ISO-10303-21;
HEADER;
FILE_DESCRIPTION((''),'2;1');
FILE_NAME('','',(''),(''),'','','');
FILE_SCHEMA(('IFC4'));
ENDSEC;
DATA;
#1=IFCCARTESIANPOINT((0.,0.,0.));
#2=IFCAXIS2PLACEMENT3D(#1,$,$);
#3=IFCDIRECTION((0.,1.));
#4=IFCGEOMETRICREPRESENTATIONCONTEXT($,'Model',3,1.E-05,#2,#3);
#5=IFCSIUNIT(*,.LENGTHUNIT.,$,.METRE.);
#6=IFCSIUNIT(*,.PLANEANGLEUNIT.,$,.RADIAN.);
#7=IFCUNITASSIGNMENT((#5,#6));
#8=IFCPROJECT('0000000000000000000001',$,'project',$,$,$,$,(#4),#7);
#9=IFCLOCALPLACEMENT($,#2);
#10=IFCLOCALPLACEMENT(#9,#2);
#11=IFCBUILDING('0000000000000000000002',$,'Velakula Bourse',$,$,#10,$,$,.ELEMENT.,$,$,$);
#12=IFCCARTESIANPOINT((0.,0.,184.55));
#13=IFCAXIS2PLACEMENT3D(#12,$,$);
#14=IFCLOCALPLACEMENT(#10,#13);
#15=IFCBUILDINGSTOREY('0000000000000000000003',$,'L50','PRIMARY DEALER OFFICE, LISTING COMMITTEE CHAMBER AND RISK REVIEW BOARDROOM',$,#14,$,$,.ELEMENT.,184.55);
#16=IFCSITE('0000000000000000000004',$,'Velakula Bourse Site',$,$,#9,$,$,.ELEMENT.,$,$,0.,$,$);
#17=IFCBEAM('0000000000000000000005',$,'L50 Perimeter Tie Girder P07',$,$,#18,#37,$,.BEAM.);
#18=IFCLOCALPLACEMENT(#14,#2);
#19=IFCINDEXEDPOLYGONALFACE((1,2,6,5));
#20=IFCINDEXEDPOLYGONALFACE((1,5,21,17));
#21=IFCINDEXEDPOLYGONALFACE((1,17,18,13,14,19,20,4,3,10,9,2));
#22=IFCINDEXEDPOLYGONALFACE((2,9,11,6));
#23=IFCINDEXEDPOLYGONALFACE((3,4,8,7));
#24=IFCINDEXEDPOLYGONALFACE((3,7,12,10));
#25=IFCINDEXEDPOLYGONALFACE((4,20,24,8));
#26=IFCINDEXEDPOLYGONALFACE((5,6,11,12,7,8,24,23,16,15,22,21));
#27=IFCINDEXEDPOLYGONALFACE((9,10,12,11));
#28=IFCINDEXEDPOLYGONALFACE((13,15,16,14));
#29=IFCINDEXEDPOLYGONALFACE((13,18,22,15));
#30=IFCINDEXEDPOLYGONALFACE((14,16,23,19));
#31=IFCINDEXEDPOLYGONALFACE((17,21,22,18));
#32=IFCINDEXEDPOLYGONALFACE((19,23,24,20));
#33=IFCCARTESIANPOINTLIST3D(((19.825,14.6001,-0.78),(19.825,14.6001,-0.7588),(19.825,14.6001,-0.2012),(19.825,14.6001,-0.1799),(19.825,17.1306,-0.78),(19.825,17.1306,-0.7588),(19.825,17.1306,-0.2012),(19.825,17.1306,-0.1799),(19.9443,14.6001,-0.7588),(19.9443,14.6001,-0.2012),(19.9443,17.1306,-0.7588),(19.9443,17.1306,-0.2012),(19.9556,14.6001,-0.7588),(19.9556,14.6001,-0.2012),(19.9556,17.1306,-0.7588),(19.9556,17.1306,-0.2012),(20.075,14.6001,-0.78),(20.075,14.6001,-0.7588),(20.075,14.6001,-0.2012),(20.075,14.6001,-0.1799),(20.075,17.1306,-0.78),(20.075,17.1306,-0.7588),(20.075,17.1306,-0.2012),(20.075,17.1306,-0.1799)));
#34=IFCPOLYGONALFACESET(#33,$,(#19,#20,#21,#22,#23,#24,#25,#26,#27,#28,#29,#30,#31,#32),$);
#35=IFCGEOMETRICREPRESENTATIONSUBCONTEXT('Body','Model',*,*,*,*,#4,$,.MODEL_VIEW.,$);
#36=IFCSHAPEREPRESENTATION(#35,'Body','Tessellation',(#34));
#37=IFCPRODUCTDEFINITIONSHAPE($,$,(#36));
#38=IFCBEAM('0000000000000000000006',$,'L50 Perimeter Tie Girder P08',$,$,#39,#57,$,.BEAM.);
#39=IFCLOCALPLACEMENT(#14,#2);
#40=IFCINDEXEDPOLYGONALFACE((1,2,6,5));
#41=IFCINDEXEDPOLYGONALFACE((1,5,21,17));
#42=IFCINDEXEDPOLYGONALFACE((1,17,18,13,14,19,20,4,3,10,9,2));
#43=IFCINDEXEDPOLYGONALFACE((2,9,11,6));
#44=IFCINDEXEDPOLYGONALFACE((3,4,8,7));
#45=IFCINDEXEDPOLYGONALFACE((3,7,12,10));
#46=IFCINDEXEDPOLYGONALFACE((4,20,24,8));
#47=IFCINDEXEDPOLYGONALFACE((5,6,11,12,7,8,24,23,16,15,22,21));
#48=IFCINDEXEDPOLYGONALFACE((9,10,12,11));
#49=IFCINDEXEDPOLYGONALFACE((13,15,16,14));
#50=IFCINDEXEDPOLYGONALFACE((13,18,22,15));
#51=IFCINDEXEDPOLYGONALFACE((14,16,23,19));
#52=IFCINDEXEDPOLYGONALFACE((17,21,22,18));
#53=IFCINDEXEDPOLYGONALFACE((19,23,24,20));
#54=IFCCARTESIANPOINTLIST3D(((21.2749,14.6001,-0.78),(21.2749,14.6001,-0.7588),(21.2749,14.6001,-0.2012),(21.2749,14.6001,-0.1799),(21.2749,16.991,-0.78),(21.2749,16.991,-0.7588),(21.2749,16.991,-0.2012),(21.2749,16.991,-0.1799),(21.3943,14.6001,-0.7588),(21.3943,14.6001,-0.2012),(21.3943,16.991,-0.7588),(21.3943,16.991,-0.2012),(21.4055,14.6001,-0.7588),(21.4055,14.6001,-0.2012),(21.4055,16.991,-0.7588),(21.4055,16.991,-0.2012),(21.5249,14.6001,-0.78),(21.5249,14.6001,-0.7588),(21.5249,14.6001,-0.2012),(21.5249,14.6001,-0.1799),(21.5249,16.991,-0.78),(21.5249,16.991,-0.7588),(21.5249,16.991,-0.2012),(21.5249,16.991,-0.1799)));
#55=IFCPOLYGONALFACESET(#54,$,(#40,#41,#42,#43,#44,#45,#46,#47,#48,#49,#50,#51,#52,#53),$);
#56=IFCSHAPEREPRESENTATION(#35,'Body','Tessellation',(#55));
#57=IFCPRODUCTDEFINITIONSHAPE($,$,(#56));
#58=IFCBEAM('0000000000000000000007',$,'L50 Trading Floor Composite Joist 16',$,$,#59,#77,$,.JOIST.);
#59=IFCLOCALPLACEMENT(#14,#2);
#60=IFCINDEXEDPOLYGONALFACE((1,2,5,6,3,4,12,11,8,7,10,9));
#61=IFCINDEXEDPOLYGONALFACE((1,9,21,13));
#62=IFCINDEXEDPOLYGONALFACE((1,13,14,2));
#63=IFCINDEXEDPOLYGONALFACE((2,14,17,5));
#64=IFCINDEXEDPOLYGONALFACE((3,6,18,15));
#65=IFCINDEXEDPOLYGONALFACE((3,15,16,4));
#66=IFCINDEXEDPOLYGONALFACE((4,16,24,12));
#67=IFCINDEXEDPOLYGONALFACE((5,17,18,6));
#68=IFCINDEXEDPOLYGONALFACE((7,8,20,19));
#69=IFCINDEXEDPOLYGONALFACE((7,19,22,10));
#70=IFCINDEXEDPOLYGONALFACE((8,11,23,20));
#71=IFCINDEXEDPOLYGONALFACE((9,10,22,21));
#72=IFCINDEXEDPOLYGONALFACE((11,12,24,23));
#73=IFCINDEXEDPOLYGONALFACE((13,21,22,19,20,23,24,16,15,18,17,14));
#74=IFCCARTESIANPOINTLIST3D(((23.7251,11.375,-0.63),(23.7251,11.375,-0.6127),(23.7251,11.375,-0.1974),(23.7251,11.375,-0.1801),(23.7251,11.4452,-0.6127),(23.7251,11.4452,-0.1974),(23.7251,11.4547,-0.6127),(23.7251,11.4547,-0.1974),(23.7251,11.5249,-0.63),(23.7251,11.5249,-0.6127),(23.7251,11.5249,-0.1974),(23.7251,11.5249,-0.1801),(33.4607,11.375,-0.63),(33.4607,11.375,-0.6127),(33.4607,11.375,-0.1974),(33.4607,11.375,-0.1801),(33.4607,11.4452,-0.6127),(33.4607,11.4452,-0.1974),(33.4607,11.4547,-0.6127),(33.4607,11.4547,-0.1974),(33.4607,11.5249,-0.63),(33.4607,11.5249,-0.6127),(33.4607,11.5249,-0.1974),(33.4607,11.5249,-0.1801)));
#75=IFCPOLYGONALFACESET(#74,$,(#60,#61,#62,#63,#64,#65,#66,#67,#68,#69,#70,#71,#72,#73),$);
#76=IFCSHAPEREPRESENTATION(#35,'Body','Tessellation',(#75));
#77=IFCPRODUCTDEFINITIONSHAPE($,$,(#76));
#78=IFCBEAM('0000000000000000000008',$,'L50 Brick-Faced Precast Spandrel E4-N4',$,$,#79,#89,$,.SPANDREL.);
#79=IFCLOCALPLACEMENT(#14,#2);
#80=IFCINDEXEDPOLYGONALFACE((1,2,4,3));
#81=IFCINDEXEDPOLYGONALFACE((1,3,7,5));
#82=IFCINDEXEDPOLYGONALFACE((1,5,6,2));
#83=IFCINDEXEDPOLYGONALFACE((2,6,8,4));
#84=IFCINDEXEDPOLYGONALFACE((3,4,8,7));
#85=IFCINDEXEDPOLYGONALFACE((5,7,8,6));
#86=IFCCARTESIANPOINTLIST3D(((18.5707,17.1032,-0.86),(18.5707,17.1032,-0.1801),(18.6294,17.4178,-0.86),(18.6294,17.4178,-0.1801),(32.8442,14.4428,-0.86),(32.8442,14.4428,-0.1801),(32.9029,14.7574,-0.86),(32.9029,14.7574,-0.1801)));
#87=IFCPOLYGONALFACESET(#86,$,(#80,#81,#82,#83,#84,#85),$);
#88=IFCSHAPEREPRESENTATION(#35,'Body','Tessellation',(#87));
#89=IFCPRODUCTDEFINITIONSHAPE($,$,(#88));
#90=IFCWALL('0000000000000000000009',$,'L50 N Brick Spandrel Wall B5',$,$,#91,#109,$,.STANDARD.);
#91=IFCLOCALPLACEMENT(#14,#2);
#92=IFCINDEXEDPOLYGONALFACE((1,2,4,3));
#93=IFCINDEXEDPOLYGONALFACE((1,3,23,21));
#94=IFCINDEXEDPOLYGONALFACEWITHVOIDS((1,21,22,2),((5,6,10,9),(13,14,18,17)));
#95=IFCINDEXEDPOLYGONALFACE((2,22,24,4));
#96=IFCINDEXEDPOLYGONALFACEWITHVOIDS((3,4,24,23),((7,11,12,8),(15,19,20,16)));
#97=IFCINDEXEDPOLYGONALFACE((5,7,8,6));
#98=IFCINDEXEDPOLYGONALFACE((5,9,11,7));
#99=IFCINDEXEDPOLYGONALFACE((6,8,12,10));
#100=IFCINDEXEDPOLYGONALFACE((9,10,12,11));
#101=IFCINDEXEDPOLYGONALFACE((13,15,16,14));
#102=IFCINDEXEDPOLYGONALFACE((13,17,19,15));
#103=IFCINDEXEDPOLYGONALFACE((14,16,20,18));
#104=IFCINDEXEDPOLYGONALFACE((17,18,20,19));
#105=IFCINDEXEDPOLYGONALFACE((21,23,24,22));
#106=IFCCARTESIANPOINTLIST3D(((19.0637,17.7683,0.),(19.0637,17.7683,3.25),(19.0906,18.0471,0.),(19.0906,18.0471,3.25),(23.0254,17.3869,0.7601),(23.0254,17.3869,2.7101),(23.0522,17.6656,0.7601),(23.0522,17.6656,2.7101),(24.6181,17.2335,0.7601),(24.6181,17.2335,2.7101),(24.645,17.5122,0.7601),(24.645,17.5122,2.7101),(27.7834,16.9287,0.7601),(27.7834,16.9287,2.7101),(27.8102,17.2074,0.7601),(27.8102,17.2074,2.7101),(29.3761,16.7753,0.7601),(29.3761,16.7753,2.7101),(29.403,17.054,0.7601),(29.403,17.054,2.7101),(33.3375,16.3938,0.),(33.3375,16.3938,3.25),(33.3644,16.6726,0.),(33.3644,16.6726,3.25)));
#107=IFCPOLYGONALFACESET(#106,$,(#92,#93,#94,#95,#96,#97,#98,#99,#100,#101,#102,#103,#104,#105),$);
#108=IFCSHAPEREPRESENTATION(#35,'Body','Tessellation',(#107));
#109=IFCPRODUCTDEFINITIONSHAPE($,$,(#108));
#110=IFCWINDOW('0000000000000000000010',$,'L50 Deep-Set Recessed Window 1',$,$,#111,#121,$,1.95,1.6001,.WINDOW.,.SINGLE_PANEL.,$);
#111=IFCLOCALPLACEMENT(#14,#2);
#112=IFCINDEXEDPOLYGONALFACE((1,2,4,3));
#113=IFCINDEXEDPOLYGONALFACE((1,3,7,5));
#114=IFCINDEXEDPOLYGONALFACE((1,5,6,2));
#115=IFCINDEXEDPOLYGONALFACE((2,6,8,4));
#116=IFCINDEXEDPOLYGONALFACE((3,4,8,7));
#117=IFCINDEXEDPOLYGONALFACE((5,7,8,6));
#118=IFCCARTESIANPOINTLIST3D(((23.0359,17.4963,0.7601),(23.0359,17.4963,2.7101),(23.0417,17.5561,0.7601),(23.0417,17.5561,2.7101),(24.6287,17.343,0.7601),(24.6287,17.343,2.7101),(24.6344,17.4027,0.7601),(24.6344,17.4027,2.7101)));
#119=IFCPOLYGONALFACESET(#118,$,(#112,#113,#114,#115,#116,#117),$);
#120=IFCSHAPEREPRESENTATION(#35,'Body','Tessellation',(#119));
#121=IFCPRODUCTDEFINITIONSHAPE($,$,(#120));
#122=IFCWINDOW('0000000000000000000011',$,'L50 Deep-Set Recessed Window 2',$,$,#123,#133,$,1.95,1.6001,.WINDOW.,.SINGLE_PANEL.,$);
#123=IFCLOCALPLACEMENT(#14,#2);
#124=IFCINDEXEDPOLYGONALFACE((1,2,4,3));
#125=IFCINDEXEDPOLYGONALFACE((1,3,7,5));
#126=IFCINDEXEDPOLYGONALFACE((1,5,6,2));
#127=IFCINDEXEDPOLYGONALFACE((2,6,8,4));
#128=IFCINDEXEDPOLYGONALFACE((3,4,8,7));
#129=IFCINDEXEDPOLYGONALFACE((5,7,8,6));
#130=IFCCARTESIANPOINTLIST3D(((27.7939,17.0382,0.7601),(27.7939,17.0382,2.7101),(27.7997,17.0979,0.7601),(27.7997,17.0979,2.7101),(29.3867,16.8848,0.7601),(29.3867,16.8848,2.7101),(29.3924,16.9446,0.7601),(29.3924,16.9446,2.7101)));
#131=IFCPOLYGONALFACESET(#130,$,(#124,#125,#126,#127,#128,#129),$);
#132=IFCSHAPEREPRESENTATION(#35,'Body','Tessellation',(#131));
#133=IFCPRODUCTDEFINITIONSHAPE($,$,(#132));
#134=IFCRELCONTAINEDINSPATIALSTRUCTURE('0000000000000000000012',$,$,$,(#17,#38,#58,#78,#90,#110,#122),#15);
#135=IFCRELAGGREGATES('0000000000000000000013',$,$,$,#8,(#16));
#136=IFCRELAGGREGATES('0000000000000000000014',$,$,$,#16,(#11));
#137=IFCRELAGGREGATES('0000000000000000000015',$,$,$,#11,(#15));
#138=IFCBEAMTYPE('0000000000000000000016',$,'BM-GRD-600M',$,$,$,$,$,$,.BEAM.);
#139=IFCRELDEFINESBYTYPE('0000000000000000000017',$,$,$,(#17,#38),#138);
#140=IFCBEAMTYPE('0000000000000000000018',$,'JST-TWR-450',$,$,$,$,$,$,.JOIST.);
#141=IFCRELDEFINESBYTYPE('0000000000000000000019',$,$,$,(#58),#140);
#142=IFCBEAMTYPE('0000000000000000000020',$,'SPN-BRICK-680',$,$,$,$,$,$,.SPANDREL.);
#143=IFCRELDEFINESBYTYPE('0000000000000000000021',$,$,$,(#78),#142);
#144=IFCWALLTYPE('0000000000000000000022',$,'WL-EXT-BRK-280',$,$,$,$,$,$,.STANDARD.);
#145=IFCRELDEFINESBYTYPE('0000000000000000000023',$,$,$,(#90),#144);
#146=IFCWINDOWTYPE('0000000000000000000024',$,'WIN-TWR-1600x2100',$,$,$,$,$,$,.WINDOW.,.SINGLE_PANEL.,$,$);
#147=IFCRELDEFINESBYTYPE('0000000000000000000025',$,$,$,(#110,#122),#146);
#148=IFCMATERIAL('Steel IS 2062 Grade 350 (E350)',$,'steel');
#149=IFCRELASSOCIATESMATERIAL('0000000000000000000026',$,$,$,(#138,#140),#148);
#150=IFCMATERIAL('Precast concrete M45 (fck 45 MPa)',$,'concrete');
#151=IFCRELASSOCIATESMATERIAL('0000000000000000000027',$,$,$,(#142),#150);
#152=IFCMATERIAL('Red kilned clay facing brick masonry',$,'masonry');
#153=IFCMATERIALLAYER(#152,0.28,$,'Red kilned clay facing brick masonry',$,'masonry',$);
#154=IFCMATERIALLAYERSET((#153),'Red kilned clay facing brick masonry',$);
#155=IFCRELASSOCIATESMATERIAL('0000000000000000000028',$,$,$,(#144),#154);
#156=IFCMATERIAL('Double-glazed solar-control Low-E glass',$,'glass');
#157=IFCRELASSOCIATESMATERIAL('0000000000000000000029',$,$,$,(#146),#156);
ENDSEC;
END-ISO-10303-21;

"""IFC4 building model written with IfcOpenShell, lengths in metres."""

from ifc_helpers import new_model, si_unit, direction, frame, frame_2d, origin, origin_2d, place, context, subcontext, project, spatial, rectangle, i_section, extrude, material, layer, layer_set, material_profile, profile_set, type_object, element, fill, save


model = new_model("IFC4")

# Units and contexts
model_context = context("Model", 3, precision=1e-05, world=origin(), true_north=direction((0.0, 1.0)))
body_context = subcontext(model_context, "Body", "Model", "MODEL_VIEW")
ifc_project = project(units=[si_unit("LENGTHUNIT", "METRE"), si_unit("PLANEANGLEUNIT", "RADIAN")], contexts=[model_context])

# Site, building, storey
site_placement = place(None, origin())
site = spatial("IfcSite", under=ifc_project, at=site_placement, Name="Velakula Bourse Site", CompositionType="ELEMENT", RefElevation=0.0)
building_placement = place(site_placement, origin())
building = spatial("IfcBuilding", under=site, at=building_placement, Name="Velakula Bourse", CompositionType="ELEMENT")
storey_placement = place(building_placement, frame((0.0, 0.0, 184.55)))
storey = spatial("IfcBuildingStorey", under=building, at=storey_placement, Name="L50", Description="PRIMARY DEALER OFFICE, LISTING COMMITTEE CHAMBER AND RISK REVIEW BOARDROOM", CompositionType="ELEMENT", Elevation=184.55)

# Shared definitions
ifc_material_1 = material(Name="Steel IS 2062 Grade 350 (E350)", Category="steel")
ifc_material_2 = material(Name="Precast concrete M45 (fck 45 MPa)", Category="concrete")

# Beams
ifc_material_profile_1 = material_profile(ifc_material_1, i_section(OverallWidth=0.25, OverallDepth=0.6001, WebThickness=0.0112, FlangeThickness=0.0212, at=origin_2d()), Name="Steel IS 2062 Grade 350 (E350)")
ifc_profile_set_1 = profile_set([ifc_material_profile_1], Name="Steel IS 2062 Grade 350 (E350)")
beam_type_1 = type_object("IfcBeamType", Name="BM-GRD-600M", PredefinedType="BEAM", material=ifc_profile_set_1)
beam_1_placement = place(storey_placement, frame((19.95, 14.6001, -0.48), z_axis=(0.0, 1.0, 0.0), x_axis=(-1.0, 0.0, 0.0)))
element("IfcBeam", 1, at=beam_1_placement, inside=storey, type_object=beam_type_1, Name="L50 Perimeter Tie Girder P07", PredefinedType="BEAM", context=body_context, shape_type="SweptSolid", body=[
    extrude(i_section(OverallWidth=0.25, OverallDepth=0.6001, WebThickness=0.0112, FlangeThickness=0.0212, at=origin_2d()), origin(), (0.0, 0.0, 1.0), 2.5305),
])
beam_2_placement = place(storey_placement, frame((21.3999, 14.6001, -0.48), z_axis=(0.0, 1.0, 0.0), x_axis=(-1.0, 0.0, 0.0)))
element("IfcBeam", 2, at=beam_2_placement, inside=storey, type_object=beam_type_1, Name="L50 Perimeter Tie Girder P08", PredefinedType="BEAM", context=body_context, shape_type="SweptSolid", body=[
    extrude(i_section(OverallWidth=0.25, OverallDepth=0.6001, WebThickness=0.0112, FlangeThickness=0.0212, at=origin_2d()), origin(), (0.0, 0.0, 1.0), 2.3909),
])
ifc_material_profile_2 = material_profile(ifc_material_1, i_section(OverallWidth=0.1499, OverallDepth=0.45, WebThickness=0.0095, FlangeThickness=0.0173, at=origin_2d()), Name="Steel IS 2062 Grade 350 (E350)")
ifc_profile_set_2 = profile_set([ifc_material_profile_2], Name="Steel IS 2062 Grade 350 (E350)")
beam_type_2 = type_object("IfcBeamType", Name="JST-TWR-450", PredefinedType="JOIST", material=ifc_profile_set_2)
beam_3_placement = place(storey_placement, frame((23.7251, 11.45, -0.405), z_axis=(1.0, 0.0, 0.0), x_axis=(0.0, 1.0, 0.0)))
element("IfcBeam", 3, at=beam_3_placement, inside=storey, type_object=beam_type_2, Name="L50 Trading Floor Composite Joist 16", PredefinedType="JOIST", context=body_context, shape_type="SweptSolid", body=[
    extrude(i_section(OverallWidth=0.1499, OverallDepth=0.45, WebThickness=0.0095, FlangeThickness=0.0173, at=origin_2d()), origin(), (0.0, 0.0, 1.0), 9.7356),
])
ifc_material_profile_3 = material_profile(ifc_material_2, rectangle(XDim=0.3201, YDim=0.6799, at=origin_2d()), Name="Precast concrete M45 (fck 45 MPa)")
ifc_profile_set_3 = profile_set([ifc_material_profile_3], Name="Precast concrete M45 (fck 45 MPa)")
beam_type_3 = type_object("IfcBeamType", Name="SPN-BRICK-680", PredefinedType="SPANDREL", material=ifc_profile_set_3)
beam_4_placement = place(storey_placement, frame((32.8735, 14.6001, -0.52), z_axis=(-0.98307, 0.183233, 0.0), x_axis=(-0.183233, -0.98307, 0.0)))
element("IfcBeam", 4, at=beam_4_placement, inside=storey, type_object=beam_type_3, Name="L50 Brick-Faced Precast Spandrel E4-N4", PredefinedType="SPANDREL", context=body_context, shape_type="SweptSolid", body=[
    extrude(rectangle(XDim=0.3201, YDim=0.6799, at=origin_2d()), origin(), (0.0, 0.0, 1.0), 14.5193),
])

# Wall, openings, windows
ifc_material_3 = material(Name="Red kilned clay facing brick masonry", Category="masonry")
ifc_layer = layer(ifc_material_3, 0.28, Name="Red kilned clay facing brick masonry", Category="masonry")
ifc_layer_set = layer_set([ifc_layer], Name="Red kilned clay facing brick masonry")
wall_type = type_object("IfcWallType", Name="WL-EXT-BRK-280", PredefinedType="STANDARD", material=ifc_layer_set)
wall_1_placement = place(storey_placement, frame((19.0771, 17.9077, 0.0), z_axis=(0.0, 0.0, 1.0), x_axis=(0.995396, -0.095852, 0.0)))
wall_1 = element("IfcWall", 5, at=wall_1_placement, inside=storey, type_object=wall_type, Name="L50 N Brick Spandrel Wall B5", PredefinedType="STANDARD", context=body_context, shape_type="SweptSolid", body=[
    extrude(rectangle(XDim=14.3398, YDim=0.28, at=frame_2d((7.1699, 0.0))), origin(), (0.0, 0.0, 1.0), 3.25),
])
opening_1_placement = place(wall_1_placement, frame((3.98, 0.0, 0.76)))
opening_1 = element("IfcOpeningElement", 6, at=opening_1_placement, cuts=wall_1, PredefinedType="OPENING", context=body_context, shape_type="SweptSolid", body=[
    extrude(rectangle(XDim=1.6001, YDim=1.95, at=frame_2d((0.8, 0.9751))), frame((0.0, 0.1499, 0.0), z_axis=(0.0, -1.0, 0.0), x_axis=(1.0, 0.0, 0.0)), (0.0, 0.0, 1.0), 0.3),
])
opening_2_placement = place(wall_1_placement, frame((8.76, 0.0, 0.76)))
opening_2 = element("IfcOpeningElement", 7, at=opening_2_placement, cuts=wall_1, PredefinedType="OPENING", context=body_context, shape_type="SweptSolid", body=[
    extrude(rectangle(XDim=1.6001, YDim=1.95, at=frame_2d((0.8, 0.9751))), frame((0.0, 0.1499, 0.0), z_axis=(0.0, -1.0, 0.0), x_axis=(1.0, 0.0, 0.0)), (0.0, 0.0, 1.0), 0.3),
])
ifc_material_4 = material(Name="Double-glazed solar-control Low-E glass", Category="glass")
window_type_1 = type_object("IfcWindowType", Name="WIN-TWR-1600x2100", PartitioningType="SINGLE_PANEL", PredefinedType="WINDOW", material=ifc_material_4)
window_1_placement = place(opening_1_placement, origin())
window_1 = element("IfcWindow", 8, at=window_1_placement, inside=storey, type_object=window_type_1, Name="L50 Deep-Set Recessed Window 1", OverallHeight=1.95, OverallWidth=1.6001, PartitioningType="SINGLE_PANEL", PredefinedType="WINDOW", context=body_context, shape_type="SweptSolid", body=[
    extrude(rectangle(XDim=1.6001, YDim=1.95, at=frame_2d((0.8, 0.9751))), frame((0.0, 0.03, 0.0), z_axis=(0.0, -1.0, 0.0), x_axis=(1.0, 0.0, 0.0)), (0.0, 0.0, 1.0), 0.0601),
])
fill(opening_1, window_1)
window_2_placement = place(opening_2_placement, origin())
window_2 = element("IfcWindow", 9, at=window_2_placement, inside=storey, type_object=window_type_1, Name="L50 Deep-Set Recessed Window 2", OverallHeight=1.95, OverallWidth=1.6001, PartitioningType="SINGLE_PANEL", PredefinedType="WINDOW", context=body_context, shape_type="SweptSolid", body=[
    extrude(rectangle(XDim=1.6001, YDim=1.95, at=frame_2d((0.8, 0.9751))), frame((0.0, 0.03, 0.0), z_axis=(0.0, -1.0, 0.0), x_axis=(1.0, 0.0, 0.0)), (0.0, 0.0, 1.0), 0.0601),
])
fill(opening_2, window_2)

save(model, "model.ifc")
